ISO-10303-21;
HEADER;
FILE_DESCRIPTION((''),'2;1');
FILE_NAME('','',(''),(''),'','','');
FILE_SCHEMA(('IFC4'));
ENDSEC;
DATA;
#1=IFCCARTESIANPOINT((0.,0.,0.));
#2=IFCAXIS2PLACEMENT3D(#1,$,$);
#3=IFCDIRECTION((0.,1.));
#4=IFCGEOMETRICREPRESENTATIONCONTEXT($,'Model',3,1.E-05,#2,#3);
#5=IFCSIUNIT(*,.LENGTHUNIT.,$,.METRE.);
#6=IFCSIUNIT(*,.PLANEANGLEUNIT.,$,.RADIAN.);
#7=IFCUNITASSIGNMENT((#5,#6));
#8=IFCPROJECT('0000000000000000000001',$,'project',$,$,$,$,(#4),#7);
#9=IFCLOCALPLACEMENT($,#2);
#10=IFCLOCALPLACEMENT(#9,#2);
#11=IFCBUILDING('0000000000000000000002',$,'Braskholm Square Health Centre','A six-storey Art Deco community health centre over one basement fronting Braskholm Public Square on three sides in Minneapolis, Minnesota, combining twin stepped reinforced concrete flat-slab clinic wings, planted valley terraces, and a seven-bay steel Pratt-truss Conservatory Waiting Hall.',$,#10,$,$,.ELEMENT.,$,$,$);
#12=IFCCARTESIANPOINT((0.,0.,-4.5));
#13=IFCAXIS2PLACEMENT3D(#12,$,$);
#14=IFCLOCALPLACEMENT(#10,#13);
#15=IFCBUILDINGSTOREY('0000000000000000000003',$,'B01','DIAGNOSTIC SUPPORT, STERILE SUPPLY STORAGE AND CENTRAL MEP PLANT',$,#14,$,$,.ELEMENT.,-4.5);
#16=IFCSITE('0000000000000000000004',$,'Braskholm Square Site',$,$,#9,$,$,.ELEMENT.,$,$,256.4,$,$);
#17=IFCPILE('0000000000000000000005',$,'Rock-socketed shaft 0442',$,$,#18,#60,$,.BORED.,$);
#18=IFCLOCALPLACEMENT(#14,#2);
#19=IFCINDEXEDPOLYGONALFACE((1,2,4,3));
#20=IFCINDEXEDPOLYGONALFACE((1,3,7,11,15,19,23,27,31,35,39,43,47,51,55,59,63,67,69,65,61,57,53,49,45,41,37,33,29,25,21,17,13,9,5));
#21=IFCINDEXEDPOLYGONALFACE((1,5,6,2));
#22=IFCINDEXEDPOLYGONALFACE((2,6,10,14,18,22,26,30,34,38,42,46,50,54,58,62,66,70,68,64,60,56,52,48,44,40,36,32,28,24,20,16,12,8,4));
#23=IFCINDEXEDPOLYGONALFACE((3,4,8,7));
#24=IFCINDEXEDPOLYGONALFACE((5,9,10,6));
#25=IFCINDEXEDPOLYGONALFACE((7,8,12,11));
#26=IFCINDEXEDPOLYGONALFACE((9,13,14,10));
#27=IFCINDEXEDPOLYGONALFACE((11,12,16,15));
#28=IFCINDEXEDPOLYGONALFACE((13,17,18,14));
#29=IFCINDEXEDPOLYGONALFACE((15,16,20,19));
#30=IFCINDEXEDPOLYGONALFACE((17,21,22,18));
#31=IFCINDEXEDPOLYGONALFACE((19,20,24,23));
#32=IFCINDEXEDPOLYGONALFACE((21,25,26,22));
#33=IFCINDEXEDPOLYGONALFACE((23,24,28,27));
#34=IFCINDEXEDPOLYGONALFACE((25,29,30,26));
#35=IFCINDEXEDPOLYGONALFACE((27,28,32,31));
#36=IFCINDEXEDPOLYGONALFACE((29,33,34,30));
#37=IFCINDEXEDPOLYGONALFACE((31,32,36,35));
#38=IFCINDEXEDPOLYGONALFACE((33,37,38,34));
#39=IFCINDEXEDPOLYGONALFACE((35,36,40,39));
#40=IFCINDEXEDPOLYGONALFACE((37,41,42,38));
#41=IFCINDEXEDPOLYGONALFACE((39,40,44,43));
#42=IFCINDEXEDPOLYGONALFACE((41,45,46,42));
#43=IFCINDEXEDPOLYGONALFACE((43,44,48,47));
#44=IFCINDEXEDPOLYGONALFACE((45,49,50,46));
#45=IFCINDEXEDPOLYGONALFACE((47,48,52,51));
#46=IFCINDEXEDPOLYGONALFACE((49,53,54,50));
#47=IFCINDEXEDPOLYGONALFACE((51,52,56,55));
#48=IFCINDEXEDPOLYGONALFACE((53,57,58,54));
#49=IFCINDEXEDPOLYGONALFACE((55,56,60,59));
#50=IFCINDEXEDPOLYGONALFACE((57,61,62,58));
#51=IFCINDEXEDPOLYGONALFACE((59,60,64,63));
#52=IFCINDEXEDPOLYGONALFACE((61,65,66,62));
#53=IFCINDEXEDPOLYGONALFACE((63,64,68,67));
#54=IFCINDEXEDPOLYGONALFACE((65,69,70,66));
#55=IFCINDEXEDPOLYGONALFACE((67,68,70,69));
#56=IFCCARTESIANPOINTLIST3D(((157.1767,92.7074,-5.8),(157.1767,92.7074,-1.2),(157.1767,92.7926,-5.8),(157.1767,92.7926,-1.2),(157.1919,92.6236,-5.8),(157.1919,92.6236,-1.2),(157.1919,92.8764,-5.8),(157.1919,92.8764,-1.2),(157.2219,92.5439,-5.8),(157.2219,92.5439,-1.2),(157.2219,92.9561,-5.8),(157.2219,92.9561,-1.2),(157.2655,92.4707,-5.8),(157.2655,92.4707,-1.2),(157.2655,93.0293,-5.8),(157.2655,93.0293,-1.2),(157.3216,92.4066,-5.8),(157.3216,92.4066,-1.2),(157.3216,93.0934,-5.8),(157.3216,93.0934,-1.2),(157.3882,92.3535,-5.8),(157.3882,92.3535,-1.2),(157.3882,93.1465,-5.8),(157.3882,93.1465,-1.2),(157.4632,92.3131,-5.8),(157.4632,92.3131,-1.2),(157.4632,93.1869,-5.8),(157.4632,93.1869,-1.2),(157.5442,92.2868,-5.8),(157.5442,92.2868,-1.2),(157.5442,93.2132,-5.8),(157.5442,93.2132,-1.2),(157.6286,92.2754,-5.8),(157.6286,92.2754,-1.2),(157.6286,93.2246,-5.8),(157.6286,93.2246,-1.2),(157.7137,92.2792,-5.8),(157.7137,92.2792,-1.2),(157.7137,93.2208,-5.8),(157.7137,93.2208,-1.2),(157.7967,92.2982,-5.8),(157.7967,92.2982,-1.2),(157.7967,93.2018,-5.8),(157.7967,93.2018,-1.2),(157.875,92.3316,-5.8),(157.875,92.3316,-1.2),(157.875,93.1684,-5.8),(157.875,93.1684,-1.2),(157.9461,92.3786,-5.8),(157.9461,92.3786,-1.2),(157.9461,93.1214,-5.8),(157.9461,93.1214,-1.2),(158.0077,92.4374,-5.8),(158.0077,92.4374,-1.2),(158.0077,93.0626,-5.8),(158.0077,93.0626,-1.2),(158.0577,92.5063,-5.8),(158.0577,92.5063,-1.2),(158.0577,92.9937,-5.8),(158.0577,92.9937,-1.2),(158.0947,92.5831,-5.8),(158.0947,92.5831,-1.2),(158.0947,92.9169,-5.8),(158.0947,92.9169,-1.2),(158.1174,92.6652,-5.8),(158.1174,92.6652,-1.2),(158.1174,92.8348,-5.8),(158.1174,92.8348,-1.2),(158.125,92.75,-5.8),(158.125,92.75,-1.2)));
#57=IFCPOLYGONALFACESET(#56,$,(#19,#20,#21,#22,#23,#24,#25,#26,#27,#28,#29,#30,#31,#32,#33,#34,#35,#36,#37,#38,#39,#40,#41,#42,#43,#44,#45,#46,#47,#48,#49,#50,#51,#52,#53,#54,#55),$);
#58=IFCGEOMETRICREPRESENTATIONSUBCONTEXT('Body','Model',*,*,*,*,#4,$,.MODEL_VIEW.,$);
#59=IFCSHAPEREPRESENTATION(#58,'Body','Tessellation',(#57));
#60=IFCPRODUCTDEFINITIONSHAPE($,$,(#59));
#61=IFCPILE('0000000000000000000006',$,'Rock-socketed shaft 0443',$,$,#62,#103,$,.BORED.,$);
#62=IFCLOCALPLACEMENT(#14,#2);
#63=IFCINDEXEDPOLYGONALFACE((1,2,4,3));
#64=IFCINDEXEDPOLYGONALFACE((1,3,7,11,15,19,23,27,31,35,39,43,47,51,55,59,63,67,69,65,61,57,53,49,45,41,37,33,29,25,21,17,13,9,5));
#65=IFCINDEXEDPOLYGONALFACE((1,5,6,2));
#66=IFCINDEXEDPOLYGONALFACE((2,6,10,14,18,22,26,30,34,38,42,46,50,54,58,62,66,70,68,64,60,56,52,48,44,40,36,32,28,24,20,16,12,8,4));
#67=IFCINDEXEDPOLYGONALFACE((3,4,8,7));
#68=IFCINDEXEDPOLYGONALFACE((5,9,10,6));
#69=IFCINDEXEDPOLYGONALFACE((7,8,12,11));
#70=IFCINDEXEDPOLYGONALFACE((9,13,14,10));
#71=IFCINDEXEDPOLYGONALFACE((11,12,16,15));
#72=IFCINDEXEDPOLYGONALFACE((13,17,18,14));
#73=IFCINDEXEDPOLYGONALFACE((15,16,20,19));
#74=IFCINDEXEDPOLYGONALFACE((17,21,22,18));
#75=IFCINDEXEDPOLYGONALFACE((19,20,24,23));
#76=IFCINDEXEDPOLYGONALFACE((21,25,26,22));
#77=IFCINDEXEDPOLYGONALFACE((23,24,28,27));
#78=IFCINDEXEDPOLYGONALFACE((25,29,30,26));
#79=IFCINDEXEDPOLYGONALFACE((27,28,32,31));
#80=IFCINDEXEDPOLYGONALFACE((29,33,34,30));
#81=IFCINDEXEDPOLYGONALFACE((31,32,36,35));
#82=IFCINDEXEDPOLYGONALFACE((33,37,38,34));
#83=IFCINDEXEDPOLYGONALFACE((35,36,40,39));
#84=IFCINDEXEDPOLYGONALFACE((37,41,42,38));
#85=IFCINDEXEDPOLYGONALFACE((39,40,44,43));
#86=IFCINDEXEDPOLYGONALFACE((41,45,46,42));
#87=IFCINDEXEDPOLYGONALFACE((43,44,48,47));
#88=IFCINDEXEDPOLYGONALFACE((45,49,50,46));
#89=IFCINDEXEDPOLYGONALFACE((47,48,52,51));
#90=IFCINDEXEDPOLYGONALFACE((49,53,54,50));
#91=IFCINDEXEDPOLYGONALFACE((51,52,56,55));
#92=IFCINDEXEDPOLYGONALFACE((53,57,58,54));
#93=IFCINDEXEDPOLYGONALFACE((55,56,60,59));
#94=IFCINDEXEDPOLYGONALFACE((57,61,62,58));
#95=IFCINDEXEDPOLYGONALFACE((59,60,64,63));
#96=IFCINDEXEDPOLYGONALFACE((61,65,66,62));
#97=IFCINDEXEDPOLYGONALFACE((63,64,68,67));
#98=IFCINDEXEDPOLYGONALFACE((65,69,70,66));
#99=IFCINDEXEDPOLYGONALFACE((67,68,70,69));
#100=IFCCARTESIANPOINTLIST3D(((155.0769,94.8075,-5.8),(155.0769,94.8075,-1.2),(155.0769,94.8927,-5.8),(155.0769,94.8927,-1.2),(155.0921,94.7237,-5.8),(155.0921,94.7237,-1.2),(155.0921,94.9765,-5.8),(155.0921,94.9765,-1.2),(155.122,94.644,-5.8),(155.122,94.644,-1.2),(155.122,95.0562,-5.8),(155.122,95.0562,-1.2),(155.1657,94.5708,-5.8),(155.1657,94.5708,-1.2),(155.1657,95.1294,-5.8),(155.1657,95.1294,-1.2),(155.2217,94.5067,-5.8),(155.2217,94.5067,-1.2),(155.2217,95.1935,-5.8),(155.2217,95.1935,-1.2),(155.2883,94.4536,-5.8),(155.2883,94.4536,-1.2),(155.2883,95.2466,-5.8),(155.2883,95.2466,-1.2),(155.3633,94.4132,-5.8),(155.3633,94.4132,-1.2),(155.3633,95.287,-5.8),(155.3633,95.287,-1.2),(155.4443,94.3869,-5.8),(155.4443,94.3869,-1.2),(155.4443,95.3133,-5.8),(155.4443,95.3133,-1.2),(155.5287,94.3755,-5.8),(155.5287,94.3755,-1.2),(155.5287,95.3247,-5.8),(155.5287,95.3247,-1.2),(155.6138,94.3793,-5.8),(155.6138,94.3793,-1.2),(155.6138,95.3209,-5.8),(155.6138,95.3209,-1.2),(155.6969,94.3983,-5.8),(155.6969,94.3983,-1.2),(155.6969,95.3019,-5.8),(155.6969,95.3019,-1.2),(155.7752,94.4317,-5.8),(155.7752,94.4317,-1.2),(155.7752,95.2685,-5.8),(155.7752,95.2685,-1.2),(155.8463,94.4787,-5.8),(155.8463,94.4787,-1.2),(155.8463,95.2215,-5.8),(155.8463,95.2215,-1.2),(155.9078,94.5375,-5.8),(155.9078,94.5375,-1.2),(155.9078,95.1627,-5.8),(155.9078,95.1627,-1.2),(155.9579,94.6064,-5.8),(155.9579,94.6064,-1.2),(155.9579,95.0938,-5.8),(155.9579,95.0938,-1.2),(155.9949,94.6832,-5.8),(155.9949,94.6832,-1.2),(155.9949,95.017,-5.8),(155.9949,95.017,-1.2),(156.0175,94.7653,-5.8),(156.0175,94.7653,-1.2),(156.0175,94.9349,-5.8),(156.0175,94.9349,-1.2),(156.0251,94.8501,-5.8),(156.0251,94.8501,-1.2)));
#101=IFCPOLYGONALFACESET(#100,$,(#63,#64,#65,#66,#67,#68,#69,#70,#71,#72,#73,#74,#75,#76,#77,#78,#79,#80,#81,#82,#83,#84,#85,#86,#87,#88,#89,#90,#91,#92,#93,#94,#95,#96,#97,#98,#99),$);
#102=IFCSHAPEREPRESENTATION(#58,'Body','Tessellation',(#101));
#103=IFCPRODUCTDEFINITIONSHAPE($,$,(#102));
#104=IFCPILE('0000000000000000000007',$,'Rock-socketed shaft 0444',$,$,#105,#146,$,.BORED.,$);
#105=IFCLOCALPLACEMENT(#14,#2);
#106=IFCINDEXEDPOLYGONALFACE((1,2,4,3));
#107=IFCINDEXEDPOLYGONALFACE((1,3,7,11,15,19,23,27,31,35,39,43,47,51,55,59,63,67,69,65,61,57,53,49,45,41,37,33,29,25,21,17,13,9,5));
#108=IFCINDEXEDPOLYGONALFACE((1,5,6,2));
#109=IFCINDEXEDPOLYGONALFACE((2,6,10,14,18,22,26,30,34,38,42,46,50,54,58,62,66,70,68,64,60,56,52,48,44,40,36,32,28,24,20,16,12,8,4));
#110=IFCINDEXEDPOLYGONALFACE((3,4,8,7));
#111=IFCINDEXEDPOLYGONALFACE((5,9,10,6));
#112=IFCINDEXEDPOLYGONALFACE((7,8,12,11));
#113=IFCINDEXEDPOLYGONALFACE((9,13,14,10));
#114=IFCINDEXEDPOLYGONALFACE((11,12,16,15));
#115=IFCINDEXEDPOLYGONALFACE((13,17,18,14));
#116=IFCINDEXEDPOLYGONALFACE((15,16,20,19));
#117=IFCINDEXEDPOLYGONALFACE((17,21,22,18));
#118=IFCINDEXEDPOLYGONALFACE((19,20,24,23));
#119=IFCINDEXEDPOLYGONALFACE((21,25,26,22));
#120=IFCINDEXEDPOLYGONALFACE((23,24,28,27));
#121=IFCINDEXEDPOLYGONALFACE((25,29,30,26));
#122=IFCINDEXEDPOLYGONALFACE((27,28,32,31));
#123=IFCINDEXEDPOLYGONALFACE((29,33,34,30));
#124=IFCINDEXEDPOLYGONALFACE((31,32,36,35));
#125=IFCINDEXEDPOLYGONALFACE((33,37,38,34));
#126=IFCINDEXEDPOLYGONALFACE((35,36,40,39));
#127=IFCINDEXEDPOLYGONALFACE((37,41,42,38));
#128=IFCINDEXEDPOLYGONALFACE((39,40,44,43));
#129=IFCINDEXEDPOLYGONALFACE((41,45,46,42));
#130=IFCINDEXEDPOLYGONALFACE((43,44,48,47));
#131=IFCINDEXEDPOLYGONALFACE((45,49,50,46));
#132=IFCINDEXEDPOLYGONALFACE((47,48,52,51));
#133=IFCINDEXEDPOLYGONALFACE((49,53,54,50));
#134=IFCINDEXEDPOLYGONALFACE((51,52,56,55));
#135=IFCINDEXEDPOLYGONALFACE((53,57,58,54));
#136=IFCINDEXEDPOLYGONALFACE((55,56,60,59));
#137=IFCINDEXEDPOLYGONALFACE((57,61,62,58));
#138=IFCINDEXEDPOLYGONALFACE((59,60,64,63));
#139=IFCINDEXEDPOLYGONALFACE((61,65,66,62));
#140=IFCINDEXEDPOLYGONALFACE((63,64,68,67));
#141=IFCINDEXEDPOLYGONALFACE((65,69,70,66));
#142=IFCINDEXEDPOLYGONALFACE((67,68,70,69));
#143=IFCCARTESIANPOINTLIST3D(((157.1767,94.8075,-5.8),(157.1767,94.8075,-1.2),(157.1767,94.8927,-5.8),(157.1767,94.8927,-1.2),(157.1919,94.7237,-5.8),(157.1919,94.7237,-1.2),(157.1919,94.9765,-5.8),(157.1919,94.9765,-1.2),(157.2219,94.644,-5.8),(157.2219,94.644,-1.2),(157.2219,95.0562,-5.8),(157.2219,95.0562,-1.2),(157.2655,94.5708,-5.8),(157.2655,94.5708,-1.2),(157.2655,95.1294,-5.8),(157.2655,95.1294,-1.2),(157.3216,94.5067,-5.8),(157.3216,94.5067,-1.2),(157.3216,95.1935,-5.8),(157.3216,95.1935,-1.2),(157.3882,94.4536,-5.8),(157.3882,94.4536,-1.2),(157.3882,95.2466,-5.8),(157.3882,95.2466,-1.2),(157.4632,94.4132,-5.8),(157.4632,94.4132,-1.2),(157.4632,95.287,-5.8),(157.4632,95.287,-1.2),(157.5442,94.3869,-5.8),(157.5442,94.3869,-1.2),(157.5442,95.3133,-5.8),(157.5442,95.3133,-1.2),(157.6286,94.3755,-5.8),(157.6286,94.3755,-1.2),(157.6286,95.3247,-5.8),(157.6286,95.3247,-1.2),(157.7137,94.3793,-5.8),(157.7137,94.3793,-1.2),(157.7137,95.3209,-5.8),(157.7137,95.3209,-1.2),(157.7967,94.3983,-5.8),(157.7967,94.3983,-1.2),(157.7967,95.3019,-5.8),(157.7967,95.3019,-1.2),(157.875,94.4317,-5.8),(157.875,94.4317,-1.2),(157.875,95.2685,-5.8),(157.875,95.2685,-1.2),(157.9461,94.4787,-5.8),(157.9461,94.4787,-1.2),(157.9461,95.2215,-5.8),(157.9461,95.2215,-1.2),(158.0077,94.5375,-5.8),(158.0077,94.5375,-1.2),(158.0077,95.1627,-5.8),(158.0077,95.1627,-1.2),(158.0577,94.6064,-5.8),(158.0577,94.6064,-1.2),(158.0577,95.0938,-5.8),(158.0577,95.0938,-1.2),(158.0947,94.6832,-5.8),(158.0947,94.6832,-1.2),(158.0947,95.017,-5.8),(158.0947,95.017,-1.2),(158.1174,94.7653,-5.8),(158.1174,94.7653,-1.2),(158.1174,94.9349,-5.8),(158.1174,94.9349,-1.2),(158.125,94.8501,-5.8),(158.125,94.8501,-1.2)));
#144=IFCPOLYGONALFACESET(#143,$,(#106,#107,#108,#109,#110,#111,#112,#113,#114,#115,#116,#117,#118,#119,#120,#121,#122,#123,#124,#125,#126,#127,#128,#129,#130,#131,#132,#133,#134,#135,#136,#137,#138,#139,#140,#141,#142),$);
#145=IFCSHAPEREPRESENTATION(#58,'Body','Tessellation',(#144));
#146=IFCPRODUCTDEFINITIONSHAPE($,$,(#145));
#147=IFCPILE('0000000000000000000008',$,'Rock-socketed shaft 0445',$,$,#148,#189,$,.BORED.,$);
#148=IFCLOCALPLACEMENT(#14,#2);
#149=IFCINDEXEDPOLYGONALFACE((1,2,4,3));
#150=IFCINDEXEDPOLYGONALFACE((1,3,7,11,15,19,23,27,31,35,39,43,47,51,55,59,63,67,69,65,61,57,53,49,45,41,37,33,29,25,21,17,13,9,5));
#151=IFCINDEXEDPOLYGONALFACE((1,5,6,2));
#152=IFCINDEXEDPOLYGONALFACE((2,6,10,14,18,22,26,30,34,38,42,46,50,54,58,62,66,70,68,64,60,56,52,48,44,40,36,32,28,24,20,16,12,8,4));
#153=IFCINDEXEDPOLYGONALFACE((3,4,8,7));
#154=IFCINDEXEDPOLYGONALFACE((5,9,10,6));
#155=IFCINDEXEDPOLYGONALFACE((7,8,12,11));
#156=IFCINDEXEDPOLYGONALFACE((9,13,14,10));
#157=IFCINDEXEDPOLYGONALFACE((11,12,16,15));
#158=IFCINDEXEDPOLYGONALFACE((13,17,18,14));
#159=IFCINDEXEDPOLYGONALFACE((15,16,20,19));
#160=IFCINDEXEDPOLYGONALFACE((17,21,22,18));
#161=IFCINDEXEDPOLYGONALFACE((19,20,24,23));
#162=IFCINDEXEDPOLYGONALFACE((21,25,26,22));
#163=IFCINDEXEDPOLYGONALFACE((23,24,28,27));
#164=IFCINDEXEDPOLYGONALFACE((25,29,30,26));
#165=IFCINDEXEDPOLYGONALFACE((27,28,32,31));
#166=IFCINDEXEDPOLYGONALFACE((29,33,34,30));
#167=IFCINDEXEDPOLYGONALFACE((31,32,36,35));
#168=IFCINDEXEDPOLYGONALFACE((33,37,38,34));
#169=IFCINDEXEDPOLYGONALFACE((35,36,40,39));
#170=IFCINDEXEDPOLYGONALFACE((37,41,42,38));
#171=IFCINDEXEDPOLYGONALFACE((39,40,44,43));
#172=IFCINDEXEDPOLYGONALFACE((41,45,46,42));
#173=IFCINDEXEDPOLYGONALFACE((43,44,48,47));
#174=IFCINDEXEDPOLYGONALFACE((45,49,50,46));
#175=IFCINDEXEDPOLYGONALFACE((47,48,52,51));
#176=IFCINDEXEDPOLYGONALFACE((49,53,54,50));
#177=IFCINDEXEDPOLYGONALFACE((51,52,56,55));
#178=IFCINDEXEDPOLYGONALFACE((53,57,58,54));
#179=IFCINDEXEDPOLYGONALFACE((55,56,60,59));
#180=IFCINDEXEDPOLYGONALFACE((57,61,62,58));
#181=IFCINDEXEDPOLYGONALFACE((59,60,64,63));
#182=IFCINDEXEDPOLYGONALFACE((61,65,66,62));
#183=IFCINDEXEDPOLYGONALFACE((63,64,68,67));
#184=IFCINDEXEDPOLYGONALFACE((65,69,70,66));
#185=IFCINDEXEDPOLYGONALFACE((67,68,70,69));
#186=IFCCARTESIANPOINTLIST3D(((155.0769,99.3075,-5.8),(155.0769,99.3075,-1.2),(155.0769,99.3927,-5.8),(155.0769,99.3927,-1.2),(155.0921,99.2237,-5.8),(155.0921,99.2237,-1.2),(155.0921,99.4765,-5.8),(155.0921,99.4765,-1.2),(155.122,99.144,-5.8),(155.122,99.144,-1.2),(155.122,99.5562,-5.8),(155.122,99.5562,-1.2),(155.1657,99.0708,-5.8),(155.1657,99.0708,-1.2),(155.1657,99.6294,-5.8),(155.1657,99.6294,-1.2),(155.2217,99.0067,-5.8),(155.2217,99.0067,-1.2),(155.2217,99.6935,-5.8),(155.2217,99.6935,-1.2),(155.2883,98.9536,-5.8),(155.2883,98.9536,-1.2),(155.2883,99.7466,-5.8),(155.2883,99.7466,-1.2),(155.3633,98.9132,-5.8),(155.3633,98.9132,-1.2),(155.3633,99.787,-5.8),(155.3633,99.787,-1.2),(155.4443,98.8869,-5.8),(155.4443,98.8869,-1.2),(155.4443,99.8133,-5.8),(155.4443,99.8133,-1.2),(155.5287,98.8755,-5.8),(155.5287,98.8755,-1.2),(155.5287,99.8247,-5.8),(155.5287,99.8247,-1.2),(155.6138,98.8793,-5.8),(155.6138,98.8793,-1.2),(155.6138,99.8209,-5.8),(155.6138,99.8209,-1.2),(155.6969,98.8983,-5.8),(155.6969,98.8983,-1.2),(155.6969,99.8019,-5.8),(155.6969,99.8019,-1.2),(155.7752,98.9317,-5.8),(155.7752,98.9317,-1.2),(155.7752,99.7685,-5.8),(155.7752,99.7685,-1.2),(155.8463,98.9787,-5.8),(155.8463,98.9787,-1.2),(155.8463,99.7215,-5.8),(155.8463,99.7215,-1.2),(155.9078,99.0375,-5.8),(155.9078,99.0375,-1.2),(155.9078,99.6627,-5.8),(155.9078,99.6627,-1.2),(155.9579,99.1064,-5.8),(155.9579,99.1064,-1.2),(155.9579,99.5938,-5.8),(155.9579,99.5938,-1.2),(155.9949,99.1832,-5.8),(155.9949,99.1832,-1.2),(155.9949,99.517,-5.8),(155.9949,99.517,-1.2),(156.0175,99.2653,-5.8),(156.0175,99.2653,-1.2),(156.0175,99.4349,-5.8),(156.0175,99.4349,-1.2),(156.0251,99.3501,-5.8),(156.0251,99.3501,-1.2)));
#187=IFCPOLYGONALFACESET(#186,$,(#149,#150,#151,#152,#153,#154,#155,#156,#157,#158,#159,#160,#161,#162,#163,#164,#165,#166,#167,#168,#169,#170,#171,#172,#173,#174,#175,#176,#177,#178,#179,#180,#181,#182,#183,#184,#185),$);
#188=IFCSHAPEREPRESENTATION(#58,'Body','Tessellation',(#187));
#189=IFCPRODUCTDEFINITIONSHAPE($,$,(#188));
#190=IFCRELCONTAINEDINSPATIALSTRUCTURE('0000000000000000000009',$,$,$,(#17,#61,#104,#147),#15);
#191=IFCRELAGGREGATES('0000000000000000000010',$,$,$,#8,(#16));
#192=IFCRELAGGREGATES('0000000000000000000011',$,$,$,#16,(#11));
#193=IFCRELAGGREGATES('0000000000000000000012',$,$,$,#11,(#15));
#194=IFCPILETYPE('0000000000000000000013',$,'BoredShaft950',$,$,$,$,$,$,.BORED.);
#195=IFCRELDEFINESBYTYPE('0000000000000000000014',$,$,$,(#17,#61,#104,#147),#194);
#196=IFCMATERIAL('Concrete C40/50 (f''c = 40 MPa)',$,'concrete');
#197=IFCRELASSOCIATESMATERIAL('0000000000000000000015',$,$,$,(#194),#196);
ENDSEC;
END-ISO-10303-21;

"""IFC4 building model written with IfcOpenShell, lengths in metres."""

from ifc_helpers import new_model, si_unit, direction, frame, origin, origin_2d, place, context, subcontext, project, spatial, circle, extrude, material, material_profile, profile_set, type_object, element, save


model = new_model("IFC4")

# Units and contexts
model_context = context("Model", 3, precision=1e-05, world=origin(), true_north=direction((0.0, 1.0)))
body_context = subcontext(model_context, "Body", "Model", "MODEL_VIEW")
ifc_project = project(units=[si_unit("LENGTHUNIT", "METRE"), si_unit("PLANEANGLEUNIT", "RADIAN")], contexts=[model_context])

# Site, building, storey
site_placement = place(None, origin())
site = spatial("IfcSite", under=ifc_project, at=site_placement, Name="Braskholm Square Site", CompositionType="ELEMENT", RefElevation=256.4)
building_placement = place(site_placement, origin())
building = spatial("IfcBuilding", under=site, at=building_placement, Name="Braskholm Square Health Centre", Description="A six-storey Art Deco community health centre over one basement fronting Braskholm Public Square on three sides in Minneapolis, Minnesota, combining twin stepped reinforced concrete flat-slab clinic wings, planted valley terraces, and a seven-bay steel Pratt-truss Conservatory Waiting Hall.", CompositionType="ELEMENT")
storey_placement = place(building_placement, frame((0.0, 0.0, -4.5)))
storey = spatial("IfcBuildingStorey", under=building, at=storey_placement, Name="B01", Description="DIAGNOSTIC SUPPORT, STERILE SUPPLY STORAGE AND CENTRAL MEP PLANT", CompositionType="ELEMENT", Elevation=-4.5)

# Piles
ifc_material_1 = material(Name="Concrete C40/50 (f'c = 40 MPa)", Category="concrete")
ifc_material_profile_1 = material_profile(ifc_material_1, circle(Radius=0.4751, at=origin_2d()), Name="BORED-PILE-950")
ifc_profile_set_1 = profile_set([ifc_material_profile_1], Name="Concrete C40/50 (f'c = 40 MPa)")
pile_type_1 = type_object("IfcPileType", Name="BoredShaft950", PredefinedType="BORED", material=ifc_profile_set_1)
for number, where, z_axis, x_axis, name in (
    (1, (157.6499, 92.75, -1.2), (0.0, 0.0, -1.0), (1.0, 0.0, 0.0), "Rock-socketed shaft 0442"),
    (2, (155.55, 94.8501, -1.2), (0.0, 0.0, -1.0), (1.0, 0.0, 0.0), "Rock-socketed shaft 0443"),
    (3, (157.6499, 94.8501, -1.2), (0.0, 0.0, -1.0), (1.0, 0.0, 0.0), "Rock-socketed shaft 0444"),
    (4, (155.55, 99.3501, -1.2), (0.0, 0.0, -1.0), (1.0, 0.0, 0.0), "Rock-socketed shaft 0445"),
):
    element("IfcPile", number, at=place(storey_placement, frame(where, z_axis=z_axis, x_axis=x_axis)), inside=storey, type_object=pile_type_1, Name=name, PredefinedType="BORED", context=body_context, shape_type="SweptSolid", body=[
        extrude(circle(Radius=0.4751, at=origin_2d()), origin(), (0.0, 0.0, 1.0), 4.6001),
    ])

save(model, "model.ifc")
